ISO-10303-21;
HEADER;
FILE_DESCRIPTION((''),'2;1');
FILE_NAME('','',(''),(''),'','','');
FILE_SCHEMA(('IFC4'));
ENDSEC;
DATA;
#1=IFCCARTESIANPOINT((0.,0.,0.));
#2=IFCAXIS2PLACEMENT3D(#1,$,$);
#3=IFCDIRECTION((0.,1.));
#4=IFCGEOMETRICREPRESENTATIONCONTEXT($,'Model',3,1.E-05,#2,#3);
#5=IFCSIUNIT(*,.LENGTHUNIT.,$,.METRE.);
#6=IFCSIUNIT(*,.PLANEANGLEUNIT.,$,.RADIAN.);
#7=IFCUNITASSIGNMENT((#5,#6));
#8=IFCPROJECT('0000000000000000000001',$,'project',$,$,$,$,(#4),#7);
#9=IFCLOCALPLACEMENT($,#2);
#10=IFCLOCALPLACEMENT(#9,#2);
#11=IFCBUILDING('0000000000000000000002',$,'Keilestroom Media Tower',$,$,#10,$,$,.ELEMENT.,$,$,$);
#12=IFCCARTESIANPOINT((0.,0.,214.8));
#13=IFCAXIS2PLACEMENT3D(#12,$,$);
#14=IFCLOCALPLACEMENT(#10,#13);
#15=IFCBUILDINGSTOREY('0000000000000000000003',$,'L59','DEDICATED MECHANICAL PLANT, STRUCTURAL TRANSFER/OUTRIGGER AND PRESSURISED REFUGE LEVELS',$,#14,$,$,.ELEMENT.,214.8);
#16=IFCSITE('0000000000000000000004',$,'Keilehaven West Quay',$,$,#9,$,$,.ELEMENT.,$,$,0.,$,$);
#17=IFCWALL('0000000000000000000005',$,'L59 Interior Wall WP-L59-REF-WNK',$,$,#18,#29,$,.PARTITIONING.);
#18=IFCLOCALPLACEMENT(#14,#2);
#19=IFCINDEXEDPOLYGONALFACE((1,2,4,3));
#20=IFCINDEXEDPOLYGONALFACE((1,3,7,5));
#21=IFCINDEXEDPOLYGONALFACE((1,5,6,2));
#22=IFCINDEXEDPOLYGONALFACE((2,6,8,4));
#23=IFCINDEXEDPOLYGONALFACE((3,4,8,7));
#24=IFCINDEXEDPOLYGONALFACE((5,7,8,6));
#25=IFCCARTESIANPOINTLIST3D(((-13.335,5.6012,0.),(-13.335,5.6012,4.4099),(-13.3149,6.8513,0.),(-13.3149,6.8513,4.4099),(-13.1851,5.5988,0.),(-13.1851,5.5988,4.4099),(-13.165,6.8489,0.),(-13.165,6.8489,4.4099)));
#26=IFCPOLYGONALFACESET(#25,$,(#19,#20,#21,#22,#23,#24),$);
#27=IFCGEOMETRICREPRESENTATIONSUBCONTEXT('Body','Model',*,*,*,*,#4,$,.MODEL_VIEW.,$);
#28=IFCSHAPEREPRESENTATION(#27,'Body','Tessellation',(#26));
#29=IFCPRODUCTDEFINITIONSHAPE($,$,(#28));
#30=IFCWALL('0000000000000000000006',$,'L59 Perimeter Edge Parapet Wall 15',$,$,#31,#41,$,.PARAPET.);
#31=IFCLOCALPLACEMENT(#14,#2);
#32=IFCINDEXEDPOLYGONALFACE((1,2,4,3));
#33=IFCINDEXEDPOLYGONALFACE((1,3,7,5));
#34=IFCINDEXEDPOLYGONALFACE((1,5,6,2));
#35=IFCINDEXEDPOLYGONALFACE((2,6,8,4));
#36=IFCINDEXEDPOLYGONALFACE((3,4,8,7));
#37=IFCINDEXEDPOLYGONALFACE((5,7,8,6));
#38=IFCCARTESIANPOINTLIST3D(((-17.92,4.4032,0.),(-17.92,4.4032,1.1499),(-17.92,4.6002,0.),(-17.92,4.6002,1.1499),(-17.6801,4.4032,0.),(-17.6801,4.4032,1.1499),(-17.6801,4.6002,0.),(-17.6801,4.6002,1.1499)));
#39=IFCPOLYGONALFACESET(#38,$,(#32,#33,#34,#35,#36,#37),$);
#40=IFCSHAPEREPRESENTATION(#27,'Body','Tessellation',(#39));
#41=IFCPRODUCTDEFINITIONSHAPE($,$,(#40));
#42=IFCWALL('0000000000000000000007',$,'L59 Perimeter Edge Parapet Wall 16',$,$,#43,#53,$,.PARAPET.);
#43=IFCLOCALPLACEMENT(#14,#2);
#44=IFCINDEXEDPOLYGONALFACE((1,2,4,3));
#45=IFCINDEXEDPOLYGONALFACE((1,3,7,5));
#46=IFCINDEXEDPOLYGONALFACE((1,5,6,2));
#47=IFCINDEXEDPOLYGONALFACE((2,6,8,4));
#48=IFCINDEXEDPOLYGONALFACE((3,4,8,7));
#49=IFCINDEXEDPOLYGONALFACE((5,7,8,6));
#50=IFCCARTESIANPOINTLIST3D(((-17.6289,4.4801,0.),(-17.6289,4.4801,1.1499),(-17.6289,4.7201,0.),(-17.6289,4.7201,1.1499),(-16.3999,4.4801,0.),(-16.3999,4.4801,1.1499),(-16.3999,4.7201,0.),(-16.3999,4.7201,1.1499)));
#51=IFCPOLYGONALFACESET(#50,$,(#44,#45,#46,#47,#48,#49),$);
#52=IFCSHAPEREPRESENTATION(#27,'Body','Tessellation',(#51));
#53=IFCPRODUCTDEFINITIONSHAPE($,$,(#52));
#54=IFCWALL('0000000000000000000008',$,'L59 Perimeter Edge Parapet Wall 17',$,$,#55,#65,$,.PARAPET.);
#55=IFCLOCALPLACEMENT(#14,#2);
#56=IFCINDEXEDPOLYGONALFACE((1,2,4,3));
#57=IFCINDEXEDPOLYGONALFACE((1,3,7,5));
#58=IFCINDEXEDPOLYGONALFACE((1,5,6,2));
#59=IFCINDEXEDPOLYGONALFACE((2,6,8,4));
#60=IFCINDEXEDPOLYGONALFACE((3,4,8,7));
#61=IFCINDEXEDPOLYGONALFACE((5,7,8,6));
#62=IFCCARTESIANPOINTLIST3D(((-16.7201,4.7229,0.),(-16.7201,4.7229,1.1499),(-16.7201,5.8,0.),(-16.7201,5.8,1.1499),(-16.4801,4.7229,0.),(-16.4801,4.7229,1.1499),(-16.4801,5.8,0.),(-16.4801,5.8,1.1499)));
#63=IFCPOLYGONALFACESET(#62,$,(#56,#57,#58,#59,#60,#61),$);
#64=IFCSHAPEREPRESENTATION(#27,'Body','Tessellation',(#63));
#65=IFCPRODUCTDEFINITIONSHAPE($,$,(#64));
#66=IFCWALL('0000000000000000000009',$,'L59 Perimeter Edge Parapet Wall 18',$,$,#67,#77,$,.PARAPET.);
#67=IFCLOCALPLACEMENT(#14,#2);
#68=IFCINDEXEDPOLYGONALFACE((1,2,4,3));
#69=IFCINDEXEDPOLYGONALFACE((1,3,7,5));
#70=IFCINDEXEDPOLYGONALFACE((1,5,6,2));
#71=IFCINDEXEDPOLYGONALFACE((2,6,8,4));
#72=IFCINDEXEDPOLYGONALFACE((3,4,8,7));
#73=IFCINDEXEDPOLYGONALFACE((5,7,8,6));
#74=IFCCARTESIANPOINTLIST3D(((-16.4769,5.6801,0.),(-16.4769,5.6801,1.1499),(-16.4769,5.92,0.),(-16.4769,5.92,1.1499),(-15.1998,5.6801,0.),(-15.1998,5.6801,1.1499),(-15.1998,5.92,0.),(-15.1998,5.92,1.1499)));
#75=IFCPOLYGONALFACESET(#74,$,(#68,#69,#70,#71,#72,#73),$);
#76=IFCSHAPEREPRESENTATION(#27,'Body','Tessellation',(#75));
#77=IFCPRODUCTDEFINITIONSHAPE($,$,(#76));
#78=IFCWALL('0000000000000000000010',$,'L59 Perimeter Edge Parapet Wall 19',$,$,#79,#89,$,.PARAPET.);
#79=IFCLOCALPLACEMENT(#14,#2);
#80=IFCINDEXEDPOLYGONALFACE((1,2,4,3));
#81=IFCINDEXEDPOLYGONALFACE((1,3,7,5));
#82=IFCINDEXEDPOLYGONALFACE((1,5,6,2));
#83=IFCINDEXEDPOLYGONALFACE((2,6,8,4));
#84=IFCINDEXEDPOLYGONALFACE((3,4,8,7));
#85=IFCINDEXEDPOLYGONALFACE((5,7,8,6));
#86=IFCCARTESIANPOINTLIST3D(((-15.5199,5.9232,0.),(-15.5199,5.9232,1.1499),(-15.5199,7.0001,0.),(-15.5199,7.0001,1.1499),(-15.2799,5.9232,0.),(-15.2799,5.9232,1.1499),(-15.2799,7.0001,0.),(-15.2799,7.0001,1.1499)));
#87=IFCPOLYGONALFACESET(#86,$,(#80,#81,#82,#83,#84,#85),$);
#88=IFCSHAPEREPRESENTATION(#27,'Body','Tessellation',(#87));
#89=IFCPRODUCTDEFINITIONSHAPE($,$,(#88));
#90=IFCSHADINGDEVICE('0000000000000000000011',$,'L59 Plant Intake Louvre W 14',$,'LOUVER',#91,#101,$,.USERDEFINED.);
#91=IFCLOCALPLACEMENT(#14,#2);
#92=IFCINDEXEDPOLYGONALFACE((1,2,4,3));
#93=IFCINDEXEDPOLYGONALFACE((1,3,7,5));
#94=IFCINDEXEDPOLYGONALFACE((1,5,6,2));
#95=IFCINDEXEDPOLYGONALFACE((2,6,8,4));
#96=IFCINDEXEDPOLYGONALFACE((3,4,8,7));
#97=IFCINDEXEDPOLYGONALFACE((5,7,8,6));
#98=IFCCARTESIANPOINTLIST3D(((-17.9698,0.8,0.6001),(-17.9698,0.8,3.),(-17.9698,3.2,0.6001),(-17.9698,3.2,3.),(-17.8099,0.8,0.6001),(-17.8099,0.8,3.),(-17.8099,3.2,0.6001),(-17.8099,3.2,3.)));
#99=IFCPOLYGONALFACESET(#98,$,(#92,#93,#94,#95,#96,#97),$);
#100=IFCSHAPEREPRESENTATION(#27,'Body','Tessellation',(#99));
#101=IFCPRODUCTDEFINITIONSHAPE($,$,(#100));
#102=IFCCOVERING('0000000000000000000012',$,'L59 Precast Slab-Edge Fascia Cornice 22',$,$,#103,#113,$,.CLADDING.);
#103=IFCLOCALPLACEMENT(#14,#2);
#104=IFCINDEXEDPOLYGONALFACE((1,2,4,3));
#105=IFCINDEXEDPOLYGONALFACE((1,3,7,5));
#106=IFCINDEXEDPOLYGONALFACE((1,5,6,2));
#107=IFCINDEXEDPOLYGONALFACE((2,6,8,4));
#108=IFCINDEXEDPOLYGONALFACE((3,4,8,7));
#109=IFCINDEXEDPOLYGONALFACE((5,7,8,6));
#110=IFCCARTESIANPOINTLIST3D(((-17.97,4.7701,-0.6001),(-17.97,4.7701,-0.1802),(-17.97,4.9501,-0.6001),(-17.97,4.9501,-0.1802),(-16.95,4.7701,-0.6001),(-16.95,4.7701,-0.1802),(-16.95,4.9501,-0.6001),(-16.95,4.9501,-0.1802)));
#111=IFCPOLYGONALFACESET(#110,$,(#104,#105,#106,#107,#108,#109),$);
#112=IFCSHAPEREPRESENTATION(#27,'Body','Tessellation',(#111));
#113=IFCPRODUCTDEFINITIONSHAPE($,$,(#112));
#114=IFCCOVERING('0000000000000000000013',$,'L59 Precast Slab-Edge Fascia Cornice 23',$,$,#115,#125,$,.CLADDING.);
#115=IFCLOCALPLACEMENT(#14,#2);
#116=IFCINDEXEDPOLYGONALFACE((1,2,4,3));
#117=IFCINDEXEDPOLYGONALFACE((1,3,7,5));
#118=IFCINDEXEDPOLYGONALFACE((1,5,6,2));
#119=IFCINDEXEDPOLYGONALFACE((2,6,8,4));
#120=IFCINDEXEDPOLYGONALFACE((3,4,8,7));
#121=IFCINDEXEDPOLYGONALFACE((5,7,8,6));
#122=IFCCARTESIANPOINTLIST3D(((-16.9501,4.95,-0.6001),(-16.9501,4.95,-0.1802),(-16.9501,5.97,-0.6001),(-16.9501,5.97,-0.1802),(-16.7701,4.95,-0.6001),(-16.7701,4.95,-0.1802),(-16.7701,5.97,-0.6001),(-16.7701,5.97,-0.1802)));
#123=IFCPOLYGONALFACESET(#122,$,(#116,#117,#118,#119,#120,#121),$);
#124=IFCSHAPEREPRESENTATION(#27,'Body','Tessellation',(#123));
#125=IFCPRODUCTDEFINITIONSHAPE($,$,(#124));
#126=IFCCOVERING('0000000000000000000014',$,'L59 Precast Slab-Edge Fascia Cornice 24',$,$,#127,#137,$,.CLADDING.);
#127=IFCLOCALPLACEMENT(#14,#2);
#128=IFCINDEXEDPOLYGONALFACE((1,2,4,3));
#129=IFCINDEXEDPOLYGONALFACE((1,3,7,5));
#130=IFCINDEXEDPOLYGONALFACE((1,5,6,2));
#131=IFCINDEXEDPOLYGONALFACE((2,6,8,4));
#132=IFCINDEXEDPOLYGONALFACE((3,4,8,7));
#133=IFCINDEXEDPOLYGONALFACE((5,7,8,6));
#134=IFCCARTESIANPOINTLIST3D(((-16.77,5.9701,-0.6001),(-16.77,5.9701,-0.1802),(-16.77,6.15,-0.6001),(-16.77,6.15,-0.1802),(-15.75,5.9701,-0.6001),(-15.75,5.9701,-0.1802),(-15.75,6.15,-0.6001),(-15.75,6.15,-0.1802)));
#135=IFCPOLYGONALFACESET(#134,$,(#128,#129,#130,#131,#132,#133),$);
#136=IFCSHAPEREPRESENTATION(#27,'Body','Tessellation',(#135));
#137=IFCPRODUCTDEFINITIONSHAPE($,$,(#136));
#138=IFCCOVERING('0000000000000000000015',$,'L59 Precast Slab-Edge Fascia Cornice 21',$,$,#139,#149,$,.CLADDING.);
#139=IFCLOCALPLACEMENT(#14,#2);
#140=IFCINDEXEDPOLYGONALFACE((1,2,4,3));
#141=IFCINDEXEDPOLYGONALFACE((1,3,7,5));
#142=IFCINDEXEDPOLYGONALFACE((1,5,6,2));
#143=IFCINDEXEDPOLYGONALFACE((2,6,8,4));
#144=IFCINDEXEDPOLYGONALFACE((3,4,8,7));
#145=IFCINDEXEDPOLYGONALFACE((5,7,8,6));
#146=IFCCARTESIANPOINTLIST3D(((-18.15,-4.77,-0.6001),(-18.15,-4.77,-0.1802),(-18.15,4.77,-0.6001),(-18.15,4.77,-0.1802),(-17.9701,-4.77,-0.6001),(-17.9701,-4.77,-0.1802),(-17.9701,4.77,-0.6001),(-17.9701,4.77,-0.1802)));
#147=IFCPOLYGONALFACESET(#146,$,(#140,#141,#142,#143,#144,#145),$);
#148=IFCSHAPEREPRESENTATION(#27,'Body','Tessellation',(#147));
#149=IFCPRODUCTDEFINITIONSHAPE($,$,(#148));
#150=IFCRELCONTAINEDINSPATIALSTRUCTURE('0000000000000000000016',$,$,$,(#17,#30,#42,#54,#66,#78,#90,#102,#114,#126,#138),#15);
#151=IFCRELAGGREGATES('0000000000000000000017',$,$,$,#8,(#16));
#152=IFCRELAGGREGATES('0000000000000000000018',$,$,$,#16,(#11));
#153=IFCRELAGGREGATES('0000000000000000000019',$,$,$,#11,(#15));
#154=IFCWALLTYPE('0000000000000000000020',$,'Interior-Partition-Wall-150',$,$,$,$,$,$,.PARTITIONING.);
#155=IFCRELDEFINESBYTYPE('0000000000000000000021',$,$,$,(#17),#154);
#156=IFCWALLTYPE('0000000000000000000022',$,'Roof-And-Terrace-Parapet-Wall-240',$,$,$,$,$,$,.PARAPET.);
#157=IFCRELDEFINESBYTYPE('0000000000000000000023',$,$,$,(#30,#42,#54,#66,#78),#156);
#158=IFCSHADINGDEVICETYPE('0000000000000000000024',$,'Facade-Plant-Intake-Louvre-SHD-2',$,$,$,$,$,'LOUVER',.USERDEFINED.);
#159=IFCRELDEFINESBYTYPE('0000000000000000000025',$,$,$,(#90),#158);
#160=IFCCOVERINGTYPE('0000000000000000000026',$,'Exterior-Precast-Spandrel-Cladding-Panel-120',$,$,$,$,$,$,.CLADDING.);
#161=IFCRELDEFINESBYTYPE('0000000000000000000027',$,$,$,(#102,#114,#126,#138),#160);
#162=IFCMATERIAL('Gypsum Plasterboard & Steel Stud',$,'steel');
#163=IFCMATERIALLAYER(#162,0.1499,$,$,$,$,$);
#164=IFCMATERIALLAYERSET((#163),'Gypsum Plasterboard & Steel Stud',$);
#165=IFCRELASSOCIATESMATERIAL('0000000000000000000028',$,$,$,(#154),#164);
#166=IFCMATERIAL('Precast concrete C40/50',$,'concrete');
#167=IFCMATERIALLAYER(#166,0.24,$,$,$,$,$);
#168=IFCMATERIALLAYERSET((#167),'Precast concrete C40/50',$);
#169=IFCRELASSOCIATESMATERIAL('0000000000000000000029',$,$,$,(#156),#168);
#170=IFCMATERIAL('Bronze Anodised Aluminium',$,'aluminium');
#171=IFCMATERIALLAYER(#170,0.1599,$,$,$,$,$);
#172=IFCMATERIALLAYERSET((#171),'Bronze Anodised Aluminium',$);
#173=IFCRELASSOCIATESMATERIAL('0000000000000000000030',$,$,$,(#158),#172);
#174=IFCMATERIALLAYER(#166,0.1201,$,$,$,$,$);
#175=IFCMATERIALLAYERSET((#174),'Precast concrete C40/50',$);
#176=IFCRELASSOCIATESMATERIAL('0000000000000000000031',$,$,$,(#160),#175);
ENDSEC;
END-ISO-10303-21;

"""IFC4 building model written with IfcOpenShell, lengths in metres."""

from ifc_helpers import new_model, si_unit, direction, frame, frame_2d, origin, origin_2d, place, context, subcontext, project, spatial, rectangle, extrude, source, transform, mapped, material, layer, layer_set, type_object, element, save


model = new_model("IFC4")

# Units and contexts
model_context = context("Model", 3, precision=1e-05, world=origin(), true_north=direction((0.0, 1.0)))
body_context = subcontext(model_context, "Body", "Model", "MODEL_VIEW")
ifc_project = project(units=[si_unit("LENGTHUNIT", "METRE"), si_unit("PLANEANGLEUNIT", "RADIAN")], contexts=[model_context])

# Site, building, storey
site_placement = place(None, origin())
site = spatial("IfcSite", under=ifc_project, at=site_placement, Name="Keilehaven West Quay", CompositionType="ELEMENT", RefElevation=0.0)
building_placement = place(site_placement, origin())
building = spatial("IfcBuilding", under=site, at=building_placement, Name="Keilestroom Media Tower", CompositionType="ELEMENT")
storey_placement = place(building_placement, frame((0.0, 0.0, 214.8)))
storey = spatial("IfcBuildingStorey", under=building, at=storey_placement, Name="L59", Description="DEDICATED MECHANICAL PLANT, STRUCTURAL TRANSFER/OUTRIGGER AND PRESSURISED REFUGE LEVELS", CompositionType="ELEMENT", Elevation=214.8)

# Shared definitions
ifc_material_1 = material(Name="Precast concrete C40/50", Category="concrete")

# Walls
ifc_material_2 = material(Name="Gypsum Plasterboard & Steel Stud", Category="steel")
ifc_layer_1 = layer(ifc_material_2, 0.1499)
ifc_layer_set_1 = layer_set([ifc_layer_1], Name="Gypsum Plasterboard & Steel Stud")
wall_type_1 = type_object("IfcWallType", Name="Interior-Partition-Wall-150", PredefinedType="PARTITIONING", material=ifc_layer_set_1)
wall_1_placement = place(storey_placement, frame((-13.26, 5.6001, 0.0), z_axis=(0.0, 0.0, 1.0), x_axis=(0.016014, 0.999872, 0.0)))
element("IfcWall", 1, at=wall_1_placement, inside=storey, type_object=wall_type_1, Name="L59 Interior Wall WP-L59-REF-WNK", PredefinedType="PARTITIONING", context=body_context, shape_type="SweptSolid", body=[
    extrude(rectangle(XDim=1.2502, YDim=0.1499, at=frame_2d((0.625, 0.0))), origin(), (0.0, 0.0, 1.0), 4.4099),
])
ifc_layer_2 = layer(ifc_material_1, 0.24)
ifc_layer_set_2 = layer_set([ifc_layer_2], Name="Precast concrete C40/50")
wall_type_2 = type_object("IfcWallType", Name="Roof-And-Terrace-Parapet-Wall-240", PredefinedType="PARAPET", material=ifc_layer_set_2)
wall_2_placement = place(storey_placement, frame((-17.8, 4.4031, 0.0), z_axis=(0.0, 0.0, 1.0), x_axis=(0.0, 1.0, 0.0)))
element("IfcWall", 2, at=wall_2_placement, inside=storey, type_object=wall_type_2, Name="L59 Perimeter Edge Parapet Wall 15", PredefinedType="PARAPET", context=body_context, shape_type="SweptSolid", body=[
    extrude(rectangle(XDim=0.197, YDim=0.24, at=frame_2d((0.0986, 0.0))), origin(), (0.0, 0.0, 1.0), 1.1499),
])
wall_3_placement = place(storey_placement, frame((-17.6289, 4.6001, 0.0), z_axis=(0.0, 0.0, 1.0), x_axis=(1.0, 0.0, 0.0)))
element("IfcWall", 3, at=wall_3_placement, inside=storey, type_object=wall_type_2, Name="L59 Perimeter Edge Parapet Wall 16", PredefinedType="PARAPET", context=body_context, shape_type="SweptSolid", body=[
    extrude(rectangle(XDim=1.229, YDim=0.24, at=frame_2d((0.6145, 0.0))), origin(), (0.0, 0.0, 1.0), 1.1499),
])
wall_4_placement = place(storey_placement, frame((-16.6001, 4.7229, 0.0), z_axis=(0.0, 0.0, 1.0), x_axis=(0.0, 1.0, 0.0)))
element("IfcWall", 4, at=wall_4_placement, inside=storey, type_object=wall_type_2, Name="L59 Perimeter Edge Parapet Wall 17", PredefinedType="PARAPET", context=body_context, shape_type="SweptSolid", body=[
    extrude(rectangle(XDim=1.0771, YDim=0.24, at=frame_2d((0.5386, 0.0))), origin(), (0.0, 0.0, 1.0), 1.1499),
])
wall_5_placement = place(storey_placement, frame((-16.4771, 5.8, 0.0), z_axis=(0.0, 0.0, 1.0), x_axis=(1.0, 0.0, 0.0)))
element("IfcWall", 5, at=wall_5_placement, inside=storey, type_object=wall_type_2, Name="L59 Perimeter Edge Parapet Wall 18", PredefinedType="PARAPET", context=body_context, shape_type="SweptSolid", body=[
    extrude(rectangle(XDim=1.2771, YDim=0.24, at=frame_2d((0.6387, 0.0))), origin(), (0.0, 0.0, 1.0), 1.1499),
])
wall_6_placement = place(storey_placement, frame((-15.3999, 5.9231, 0.0), z_axis=(0.0, 0.0, 1.0), x_axis=(0.0, 1.0, 0.0)))
element("IfcWall", 6, at=wall_6_placement, inside=storey, type_object=wall_type_2, Name="L59 Perimeter Edge Parapet Wall 19", PredefinedType="PARAPET", context=body_context, shape_type="SweptSolid", body=[
    extrude(rectangle(XDim=1.0769, YDim=0.24, at=frame_2d((0.5386, 0.0))), origin(), (0.0, 0.0, 1.0), 1.1499),
])

# Shading device
ifc_material_3 = material(Name="Bronze Anodised Aluminium", Category="aluminium")
ifc_layer_3 = layer(ifc_material_3, 0.1599)
ifc_layer_set_3 = layer_set([ifc_layer_3], Name="Bronze Anodised Aluminium")
shading_device_type = type_object("IfcShadingDeviceType", Name="Facade-Plant-Intake-Louvre-SHD-2", ElementType="LOUVER", PredefinedType="USERDEFINED", material=ifc_layer_set_3)
shared_shape_1 = source(origin(), body_context, "Body", "SweptSolid", [
    extrude(rectangle(XDim=0.1599, YDim=2.3999, at=origin_2d()), origin(), (0.0, 0.0, 1.0), 2.3999),
])
shading_device_placement = place(storey_placement, frame((-17.8899, 2.0, 0.6001), z_axis=(0.0, 0.0, 1.0), x_axis=(1.0, 0.0, 0.0)))
element("IfcShadingDevice", 7, at=shading_device_placement, inside=storey, type_object=shading_device_type, Name="L59 Plant Intake Louvre W 14", ObjectType="LOUVER", PredefinedType="USERDEFINED", context=body_context, shape_type="MappedRepresentation", body=[
    mapped(shared_shape_1, transform((0.0, 0.0, 0.0), x_axis=(1.0, 0.0, 0.0), y_axis=(0.0, 1.0, 0.0), z_axis=(0.0, 0.0, 1.0), scale=1.0)),
])

# Coverings
ifc_layer_4 = layer(ifc_material_1, 0.1201)
ifc_layer_set_4 = layer_set([ifc_layer_4], Name="Precast concrete C40/50")
covering_type = type_object("IfcCoveringType", Name="Exterior-Precast-Spandrel-Cladding-Panel-120", PredefinedType="CLADDING", material=ifc_layer_set_4)
shared_shape_2 = source(origin(), body_context, "Body", "SweptSolid", [
    extrude(rectangle(XDim=1.02, YDim=0.1799, at=origin_2d()), origin(), (0.0, 0.0, 1.0), 0.4199),
])
for number, where, z_axis, x_axis, name in (
    (8, (-17.46, 4.8601, -0.6001), (0.0, 0.0, 1.0), (1.0, 0.0, 0.0), "L59 Precast Slab-Edge Fascia Cornice 22"),
    (9, (-16.8601, 5.46, -0.6001), (0.0, 0.0, 1.0), (0.0, 1.0, 0.0), "L59 Precast Slab-Edge Fascia Cornice 23"),
    (10, (-16.26, 6.0601, -0.6001), (0.0, 0.0, 1.0), (1.0, 0.0, 0.0), "L59 Precast Slab-Edge Fascia Cornice 24"),
):
    element("IfcCovering", number, at=place(storey_placement, frame(where, z_axis=z_axis, x_axis=x_axis)), inside=storey, type_object=covering_type, Name=name, PredefinedType="CLADDING", context=body_context, shape_type="MappedRepresentation", body=[
        mapped(shared_shape_2, transform((0.0, 0.0, 0.0), x_axis=(1.0, 0.0, 0.0), y_axis=(0.0, 1.0, 0.0), z_axis=(0.0, 0.0, 1.0), scale=1.0)),
    ])
shared_shape_3 = source(origin(), body_context, "Body", "SweptSolid", [
    extrude(rectangle(XDim=9.54, YDim=0.1799, at=origin_2d()), origin(), (0.0, 0.0, 1.0), 0.4199),
])
covering_placement = place(storey_placement, frame((-18.0601, 0.0, -0.6001), z_axis=(0.0, 0.0, 1.0), x_axis=(0.0, 1.0, 0.0)))
element("IfcCovering", 11, at=covering_placement, inside=storey, type_object=covering_type, Name="L59 Precast Slab-Edge Fascia Cornice 21", PredefinedType="CLADDING", context=body_context, shape_type="MappedRepresentation", body=[
    mapped(shared_shape_3, transform((0.0, 0.0, 0.0), x_axis=(1.0, 0.0, 0.0), y_axis=(0.0, 1.0, 0.0), z_axis=(0.0, 0.0, 1.0), scale=1.0)),
])

save(model, "model.ifc")
